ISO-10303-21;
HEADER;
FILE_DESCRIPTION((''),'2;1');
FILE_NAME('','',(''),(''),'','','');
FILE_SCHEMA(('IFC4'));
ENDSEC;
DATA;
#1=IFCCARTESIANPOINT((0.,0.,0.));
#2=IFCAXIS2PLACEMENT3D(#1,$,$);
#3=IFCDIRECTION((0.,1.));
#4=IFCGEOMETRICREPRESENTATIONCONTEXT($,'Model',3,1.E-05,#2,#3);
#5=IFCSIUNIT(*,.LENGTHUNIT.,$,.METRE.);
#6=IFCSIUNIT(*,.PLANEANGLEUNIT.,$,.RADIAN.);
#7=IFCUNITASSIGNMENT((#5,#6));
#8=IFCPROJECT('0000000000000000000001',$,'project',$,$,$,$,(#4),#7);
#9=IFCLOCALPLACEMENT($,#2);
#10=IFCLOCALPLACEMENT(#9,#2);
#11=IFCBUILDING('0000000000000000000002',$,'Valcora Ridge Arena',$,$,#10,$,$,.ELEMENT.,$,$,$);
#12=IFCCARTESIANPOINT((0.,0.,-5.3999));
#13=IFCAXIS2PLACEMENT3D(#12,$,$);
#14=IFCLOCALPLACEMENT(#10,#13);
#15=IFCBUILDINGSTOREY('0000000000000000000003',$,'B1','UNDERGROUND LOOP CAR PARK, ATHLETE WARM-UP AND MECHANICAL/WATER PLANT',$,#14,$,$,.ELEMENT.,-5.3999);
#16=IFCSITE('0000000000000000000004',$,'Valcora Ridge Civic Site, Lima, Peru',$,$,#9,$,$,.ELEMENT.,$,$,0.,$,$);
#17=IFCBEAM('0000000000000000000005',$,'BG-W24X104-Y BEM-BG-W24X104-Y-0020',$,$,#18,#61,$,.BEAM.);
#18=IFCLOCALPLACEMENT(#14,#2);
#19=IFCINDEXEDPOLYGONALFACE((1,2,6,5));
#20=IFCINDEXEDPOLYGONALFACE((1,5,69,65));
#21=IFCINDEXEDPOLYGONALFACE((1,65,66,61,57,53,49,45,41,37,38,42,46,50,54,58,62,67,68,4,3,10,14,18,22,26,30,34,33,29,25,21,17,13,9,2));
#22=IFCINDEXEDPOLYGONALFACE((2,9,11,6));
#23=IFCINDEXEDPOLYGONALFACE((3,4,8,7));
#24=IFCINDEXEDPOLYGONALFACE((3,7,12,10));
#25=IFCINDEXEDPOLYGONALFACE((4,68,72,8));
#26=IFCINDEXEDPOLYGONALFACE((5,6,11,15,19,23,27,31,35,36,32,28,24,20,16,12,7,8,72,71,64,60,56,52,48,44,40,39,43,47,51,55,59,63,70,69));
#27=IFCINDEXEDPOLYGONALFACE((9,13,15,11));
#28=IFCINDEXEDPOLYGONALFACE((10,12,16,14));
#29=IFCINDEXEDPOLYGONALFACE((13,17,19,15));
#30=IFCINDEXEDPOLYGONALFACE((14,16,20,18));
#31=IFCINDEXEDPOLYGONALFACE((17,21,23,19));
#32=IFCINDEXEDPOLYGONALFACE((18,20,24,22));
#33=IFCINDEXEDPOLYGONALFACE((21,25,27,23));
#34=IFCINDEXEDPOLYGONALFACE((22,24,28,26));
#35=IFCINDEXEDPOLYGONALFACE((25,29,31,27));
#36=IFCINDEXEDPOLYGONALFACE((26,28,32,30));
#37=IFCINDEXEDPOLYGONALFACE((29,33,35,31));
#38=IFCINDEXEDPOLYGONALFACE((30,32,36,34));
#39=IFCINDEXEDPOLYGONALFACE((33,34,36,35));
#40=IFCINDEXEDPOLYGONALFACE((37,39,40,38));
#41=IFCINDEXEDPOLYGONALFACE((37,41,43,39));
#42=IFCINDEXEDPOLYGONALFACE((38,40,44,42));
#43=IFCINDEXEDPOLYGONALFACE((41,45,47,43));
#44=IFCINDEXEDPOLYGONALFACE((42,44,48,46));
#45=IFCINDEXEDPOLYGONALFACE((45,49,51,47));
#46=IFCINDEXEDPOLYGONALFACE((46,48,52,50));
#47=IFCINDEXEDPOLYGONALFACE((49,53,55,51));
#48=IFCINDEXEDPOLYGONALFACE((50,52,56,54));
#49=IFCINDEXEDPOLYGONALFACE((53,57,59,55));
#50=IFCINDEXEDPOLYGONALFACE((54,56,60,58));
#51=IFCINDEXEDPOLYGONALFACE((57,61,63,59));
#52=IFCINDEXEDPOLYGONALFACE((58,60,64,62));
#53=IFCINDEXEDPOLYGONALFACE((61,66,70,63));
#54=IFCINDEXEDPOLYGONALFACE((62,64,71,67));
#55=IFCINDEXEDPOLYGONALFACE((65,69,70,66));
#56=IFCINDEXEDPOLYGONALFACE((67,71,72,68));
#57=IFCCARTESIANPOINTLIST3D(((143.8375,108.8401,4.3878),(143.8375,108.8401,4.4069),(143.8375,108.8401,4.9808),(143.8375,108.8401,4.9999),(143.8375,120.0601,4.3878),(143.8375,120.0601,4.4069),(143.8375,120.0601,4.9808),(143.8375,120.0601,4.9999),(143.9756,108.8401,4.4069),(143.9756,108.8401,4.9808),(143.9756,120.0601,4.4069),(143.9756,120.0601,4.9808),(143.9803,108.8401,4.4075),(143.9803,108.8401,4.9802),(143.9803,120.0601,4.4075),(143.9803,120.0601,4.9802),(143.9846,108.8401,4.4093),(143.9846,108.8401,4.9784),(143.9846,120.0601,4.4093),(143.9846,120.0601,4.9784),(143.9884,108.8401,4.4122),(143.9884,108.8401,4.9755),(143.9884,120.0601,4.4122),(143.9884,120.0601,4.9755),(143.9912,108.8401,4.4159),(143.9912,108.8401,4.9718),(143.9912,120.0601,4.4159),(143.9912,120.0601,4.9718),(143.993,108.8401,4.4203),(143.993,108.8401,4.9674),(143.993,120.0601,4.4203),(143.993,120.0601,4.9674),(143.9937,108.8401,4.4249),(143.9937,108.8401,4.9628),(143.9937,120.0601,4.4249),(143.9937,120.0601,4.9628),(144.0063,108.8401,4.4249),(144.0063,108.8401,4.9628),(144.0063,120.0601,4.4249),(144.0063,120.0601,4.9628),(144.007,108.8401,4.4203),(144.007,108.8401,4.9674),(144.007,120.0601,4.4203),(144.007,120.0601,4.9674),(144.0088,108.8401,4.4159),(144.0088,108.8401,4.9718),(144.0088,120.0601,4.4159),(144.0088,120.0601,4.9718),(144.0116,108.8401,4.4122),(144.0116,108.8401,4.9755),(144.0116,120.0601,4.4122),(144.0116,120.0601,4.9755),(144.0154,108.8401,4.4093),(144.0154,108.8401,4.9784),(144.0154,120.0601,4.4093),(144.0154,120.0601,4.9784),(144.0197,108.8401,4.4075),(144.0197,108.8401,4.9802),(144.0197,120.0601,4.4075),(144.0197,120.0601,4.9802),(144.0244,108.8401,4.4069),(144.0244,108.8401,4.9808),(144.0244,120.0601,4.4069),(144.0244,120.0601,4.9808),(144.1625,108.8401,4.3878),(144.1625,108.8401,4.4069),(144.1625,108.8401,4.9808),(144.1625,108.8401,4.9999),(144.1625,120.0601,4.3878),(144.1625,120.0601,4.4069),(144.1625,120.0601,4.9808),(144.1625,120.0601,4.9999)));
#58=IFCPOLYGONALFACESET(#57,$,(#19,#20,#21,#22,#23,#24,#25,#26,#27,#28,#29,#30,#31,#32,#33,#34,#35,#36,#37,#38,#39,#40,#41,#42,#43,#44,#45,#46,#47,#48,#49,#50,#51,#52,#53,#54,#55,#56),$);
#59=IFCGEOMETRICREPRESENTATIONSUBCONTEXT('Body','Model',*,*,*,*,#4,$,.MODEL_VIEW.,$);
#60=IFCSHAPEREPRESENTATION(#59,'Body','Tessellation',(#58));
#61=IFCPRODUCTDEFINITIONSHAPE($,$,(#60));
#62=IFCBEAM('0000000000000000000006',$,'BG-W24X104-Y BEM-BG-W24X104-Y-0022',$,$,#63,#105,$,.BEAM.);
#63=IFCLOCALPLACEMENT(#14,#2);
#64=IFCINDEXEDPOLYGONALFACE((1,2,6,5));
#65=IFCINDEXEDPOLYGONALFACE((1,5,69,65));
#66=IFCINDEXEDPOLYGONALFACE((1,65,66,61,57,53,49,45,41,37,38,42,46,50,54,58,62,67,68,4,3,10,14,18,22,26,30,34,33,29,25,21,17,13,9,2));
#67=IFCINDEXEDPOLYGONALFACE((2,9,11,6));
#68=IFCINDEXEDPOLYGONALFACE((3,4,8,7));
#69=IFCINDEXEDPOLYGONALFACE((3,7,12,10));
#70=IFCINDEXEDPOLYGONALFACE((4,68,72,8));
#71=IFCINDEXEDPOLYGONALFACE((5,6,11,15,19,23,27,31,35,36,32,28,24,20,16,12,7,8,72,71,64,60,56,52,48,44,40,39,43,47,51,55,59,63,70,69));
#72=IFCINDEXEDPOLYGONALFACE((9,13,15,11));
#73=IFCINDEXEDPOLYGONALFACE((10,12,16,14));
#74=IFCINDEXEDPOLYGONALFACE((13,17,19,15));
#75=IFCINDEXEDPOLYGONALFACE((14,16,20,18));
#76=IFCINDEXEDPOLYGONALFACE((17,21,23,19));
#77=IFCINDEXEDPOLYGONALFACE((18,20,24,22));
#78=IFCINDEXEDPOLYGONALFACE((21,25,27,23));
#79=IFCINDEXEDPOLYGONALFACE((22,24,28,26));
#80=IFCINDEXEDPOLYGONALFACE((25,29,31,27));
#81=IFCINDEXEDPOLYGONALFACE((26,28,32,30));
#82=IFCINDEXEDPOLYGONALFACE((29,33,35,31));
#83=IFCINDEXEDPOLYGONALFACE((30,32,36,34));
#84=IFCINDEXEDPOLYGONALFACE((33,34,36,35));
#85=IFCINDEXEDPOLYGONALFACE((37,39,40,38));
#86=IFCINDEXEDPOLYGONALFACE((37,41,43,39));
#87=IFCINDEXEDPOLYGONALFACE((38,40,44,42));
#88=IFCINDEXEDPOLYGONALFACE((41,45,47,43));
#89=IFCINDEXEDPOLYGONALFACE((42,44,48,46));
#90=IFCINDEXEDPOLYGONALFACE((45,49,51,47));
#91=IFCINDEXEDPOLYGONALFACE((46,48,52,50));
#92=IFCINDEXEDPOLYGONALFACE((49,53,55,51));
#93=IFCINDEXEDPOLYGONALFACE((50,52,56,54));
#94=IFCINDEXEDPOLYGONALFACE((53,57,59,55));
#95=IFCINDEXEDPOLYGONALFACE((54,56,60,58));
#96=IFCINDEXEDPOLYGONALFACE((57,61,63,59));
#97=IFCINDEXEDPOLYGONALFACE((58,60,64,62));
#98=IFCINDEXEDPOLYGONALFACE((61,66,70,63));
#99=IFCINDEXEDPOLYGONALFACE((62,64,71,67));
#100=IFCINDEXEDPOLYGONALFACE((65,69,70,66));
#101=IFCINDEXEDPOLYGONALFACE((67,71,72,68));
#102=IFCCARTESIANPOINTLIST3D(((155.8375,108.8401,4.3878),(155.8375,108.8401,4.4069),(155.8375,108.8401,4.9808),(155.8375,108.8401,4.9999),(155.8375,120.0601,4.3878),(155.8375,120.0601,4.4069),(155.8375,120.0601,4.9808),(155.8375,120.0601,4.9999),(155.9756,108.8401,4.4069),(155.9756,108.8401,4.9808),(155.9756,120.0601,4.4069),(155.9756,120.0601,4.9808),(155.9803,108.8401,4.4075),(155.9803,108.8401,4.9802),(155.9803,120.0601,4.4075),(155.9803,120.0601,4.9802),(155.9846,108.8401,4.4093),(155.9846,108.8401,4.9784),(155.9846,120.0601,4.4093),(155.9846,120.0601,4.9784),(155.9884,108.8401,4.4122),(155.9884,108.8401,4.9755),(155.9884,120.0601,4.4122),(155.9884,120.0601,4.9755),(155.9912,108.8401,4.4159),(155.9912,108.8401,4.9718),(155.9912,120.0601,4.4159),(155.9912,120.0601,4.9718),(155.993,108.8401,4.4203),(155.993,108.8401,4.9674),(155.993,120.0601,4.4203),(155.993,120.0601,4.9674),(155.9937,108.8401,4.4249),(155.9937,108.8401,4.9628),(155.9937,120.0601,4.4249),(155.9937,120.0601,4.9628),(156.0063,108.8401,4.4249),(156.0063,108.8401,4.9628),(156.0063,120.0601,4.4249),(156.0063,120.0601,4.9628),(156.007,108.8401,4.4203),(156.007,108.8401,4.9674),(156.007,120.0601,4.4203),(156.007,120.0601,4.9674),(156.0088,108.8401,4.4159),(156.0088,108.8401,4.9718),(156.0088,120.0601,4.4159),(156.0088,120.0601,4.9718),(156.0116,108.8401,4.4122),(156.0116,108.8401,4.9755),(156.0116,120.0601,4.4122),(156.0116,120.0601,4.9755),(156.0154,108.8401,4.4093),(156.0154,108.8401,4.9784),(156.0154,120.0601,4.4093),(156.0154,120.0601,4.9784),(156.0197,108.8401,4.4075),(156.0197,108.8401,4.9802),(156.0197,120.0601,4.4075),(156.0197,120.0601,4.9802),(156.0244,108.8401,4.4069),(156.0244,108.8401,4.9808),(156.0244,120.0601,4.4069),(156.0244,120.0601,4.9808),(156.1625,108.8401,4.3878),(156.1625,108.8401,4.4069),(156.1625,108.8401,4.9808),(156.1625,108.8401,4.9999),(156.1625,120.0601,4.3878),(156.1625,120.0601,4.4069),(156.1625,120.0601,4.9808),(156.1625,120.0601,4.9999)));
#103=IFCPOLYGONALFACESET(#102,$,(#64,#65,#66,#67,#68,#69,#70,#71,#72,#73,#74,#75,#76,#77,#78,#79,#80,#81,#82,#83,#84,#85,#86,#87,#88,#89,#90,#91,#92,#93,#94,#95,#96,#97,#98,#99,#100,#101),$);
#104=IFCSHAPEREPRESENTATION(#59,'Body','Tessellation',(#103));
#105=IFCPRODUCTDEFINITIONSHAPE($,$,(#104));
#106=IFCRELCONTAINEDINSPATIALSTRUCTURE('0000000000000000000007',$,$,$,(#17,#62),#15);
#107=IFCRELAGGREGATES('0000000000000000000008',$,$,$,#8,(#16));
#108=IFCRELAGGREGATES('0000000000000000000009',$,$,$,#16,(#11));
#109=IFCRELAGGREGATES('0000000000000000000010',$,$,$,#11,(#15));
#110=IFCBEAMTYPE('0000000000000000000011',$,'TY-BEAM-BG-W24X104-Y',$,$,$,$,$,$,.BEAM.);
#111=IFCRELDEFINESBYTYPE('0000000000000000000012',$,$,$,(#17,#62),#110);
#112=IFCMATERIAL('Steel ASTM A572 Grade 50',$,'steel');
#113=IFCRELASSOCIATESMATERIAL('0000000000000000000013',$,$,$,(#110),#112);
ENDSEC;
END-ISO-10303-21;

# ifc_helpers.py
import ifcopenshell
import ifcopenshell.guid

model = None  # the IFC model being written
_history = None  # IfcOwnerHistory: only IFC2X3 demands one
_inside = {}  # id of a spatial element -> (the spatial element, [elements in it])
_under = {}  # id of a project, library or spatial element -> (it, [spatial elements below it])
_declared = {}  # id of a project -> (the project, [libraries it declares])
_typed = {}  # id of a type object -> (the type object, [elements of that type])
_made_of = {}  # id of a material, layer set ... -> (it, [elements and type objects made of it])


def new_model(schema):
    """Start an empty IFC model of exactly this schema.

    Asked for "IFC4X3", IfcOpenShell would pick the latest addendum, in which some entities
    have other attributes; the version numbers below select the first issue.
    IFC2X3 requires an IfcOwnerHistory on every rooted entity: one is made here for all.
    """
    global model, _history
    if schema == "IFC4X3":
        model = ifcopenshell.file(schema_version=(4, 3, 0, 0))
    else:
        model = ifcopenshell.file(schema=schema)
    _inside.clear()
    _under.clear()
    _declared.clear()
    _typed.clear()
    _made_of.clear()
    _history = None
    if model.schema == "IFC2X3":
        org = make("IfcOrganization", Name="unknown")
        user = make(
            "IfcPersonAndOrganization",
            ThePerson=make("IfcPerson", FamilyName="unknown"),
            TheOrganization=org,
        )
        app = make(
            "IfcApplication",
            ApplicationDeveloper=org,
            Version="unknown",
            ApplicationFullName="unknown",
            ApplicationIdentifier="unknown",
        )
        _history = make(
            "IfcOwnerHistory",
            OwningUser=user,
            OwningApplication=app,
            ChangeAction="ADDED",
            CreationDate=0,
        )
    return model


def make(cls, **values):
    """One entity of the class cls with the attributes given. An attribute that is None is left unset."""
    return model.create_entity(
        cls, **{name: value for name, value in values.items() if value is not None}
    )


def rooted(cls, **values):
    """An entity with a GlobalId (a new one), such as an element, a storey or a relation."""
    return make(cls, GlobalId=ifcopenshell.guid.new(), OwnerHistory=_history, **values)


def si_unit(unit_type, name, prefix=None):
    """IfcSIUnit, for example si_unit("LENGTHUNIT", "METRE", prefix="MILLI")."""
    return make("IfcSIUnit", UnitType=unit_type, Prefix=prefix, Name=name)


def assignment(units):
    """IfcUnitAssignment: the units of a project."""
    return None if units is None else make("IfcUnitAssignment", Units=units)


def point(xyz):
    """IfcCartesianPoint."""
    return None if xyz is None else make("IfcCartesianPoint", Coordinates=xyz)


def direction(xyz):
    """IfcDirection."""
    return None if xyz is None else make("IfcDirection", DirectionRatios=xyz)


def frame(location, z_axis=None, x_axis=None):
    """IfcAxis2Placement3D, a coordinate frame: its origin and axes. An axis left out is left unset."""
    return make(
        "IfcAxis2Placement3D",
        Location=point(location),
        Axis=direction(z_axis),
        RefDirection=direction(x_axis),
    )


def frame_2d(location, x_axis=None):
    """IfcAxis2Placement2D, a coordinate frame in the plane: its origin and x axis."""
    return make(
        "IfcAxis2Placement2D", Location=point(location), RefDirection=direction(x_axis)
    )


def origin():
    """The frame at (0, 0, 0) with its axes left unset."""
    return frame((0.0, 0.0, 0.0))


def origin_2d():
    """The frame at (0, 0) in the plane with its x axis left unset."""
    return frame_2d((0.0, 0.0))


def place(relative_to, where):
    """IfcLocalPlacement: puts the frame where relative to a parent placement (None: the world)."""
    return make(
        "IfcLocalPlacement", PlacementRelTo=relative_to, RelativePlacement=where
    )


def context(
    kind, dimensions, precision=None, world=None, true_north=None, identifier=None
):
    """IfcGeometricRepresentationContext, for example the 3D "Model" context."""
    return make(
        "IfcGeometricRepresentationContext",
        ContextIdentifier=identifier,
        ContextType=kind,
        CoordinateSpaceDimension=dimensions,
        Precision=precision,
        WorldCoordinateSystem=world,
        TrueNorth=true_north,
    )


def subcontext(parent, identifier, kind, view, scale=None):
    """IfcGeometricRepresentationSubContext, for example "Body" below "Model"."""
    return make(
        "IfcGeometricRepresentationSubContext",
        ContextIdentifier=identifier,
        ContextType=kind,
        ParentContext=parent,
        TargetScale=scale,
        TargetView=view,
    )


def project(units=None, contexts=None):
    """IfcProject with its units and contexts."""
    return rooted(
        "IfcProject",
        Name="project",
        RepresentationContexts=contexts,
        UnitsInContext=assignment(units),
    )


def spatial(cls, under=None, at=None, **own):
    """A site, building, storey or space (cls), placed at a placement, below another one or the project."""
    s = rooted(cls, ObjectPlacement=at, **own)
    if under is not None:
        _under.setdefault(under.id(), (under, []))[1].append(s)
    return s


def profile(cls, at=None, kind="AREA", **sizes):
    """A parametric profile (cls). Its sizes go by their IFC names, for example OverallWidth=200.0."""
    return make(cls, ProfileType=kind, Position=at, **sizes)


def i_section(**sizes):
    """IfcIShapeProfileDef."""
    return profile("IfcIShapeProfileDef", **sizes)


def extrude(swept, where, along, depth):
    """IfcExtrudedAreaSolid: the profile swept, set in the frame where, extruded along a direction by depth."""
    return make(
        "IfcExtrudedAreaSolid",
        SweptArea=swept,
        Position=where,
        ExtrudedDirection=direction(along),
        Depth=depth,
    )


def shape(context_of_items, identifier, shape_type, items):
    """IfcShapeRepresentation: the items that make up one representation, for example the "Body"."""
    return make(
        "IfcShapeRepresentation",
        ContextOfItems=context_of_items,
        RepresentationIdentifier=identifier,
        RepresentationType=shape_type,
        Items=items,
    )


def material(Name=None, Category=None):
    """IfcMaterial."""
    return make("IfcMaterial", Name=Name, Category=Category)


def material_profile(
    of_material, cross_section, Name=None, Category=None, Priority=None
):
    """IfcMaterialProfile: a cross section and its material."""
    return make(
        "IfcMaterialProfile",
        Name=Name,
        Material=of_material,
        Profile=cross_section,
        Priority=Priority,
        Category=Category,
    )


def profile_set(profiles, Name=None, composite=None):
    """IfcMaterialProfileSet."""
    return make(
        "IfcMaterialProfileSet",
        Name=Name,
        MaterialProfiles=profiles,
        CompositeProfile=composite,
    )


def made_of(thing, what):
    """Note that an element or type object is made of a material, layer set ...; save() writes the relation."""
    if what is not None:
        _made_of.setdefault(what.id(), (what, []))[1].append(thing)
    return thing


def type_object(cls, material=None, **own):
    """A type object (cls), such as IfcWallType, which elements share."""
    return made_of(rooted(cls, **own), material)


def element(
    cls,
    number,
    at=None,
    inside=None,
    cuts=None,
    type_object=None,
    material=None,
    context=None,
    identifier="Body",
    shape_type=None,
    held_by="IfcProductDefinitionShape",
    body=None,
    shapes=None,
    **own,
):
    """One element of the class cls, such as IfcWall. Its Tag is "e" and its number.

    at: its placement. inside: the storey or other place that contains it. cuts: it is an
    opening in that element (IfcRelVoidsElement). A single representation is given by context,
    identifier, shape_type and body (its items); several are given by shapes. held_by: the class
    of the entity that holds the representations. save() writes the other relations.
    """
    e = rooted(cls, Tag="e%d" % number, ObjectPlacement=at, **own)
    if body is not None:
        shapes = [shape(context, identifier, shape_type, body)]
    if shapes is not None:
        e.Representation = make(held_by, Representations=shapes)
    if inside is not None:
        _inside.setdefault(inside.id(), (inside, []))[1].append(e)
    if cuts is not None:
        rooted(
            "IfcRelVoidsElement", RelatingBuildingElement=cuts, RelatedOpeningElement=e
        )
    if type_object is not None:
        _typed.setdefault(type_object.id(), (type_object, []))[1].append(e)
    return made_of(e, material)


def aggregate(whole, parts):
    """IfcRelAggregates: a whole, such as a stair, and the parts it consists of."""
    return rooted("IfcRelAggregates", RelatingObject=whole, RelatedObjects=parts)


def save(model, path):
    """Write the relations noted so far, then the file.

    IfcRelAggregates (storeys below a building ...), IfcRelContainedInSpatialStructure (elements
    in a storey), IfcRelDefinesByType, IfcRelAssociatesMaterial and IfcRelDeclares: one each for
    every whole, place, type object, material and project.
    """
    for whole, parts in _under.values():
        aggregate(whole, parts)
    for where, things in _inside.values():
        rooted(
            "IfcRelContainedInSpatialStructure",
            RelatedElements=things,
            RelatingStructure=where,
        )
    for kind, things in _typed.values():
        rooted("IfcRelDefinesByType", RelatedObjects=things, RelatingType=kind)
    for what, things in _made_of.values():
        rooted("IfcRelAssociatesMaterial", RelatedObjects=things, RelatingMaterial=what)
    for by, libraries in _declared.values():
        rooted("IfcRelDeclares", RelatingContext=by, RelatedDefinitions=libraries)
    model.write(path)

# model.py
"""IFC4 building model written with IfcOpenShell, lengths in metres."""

from ifc_helpers import new_model, si_unit, direction, frame, origin, origin_2d, place, context, subcontext, project, spatial, i_section, extrude, material, material_profile, profile_set, type_object, element, save


model = new_model("IFC4")

# Units and contexts
model_context = context("Model", 3, precision=1e-05, world=origin(), true_north=direction((0.0, 1.0)))
body_context = subcontext(model_context, "Body", "Model", "MODEL_VIEW")
ifc_project = project(units=[si_unit("LENGTHUNIT", "METRE"), si_unit("PLANEANGLEUNIT", "RADIAN")], contexts=[model_context])

# Site, building, storey
site_placement = place(None, origin())
site = spatial("IfcSite", under=ifc_project, at=site_placement, Name="Valcora Ridge Civic Site, Lima, Peru", CompositionType="ELEMENT", RefElevation=0.0)
building_placement = place(site_placement, origin())
building = spatial("IfcBuilding", under=site, at=building_placement, Name="Valcora Ridge Arena", CompositionType="ELEMENT")
storey_placement = place(building_placement, frame((0.0, 0.0, -5.3999)))
storey = spatial("IfcBuildingStorey", under=building, at=storey_placement, Name="B1", Description="UNDERGROUND LOOP CAR PARK, ATHLETE WARM-UP AND MECHANICAL/WATER PLANT", CompositionType="ELEMENT", Elevation=-5.3999)

# Beams
ifc_material_1 = material(Name="Steel ASTM A572 Grade 50", Category="steel")
ifc_material_profile_1 = material_profile(ifc_material_1, i_section(OverallWidth=0.325, OverallDepth=0.6121, WebThickness=0.0127, FlangeThickness=0.019, FilletRadius=0.0181, at=origin_2d()), Name="W24X104")
ifc_profile_set_1 = profile_set([ifc_material_profile_1], Name="Steel ASTM A572 Grade 50")
beam_type_1 = type_object("IfcBeamType", Name="TY-BEAM-BG-W24X104-Y", PredefinedType="BEAM", material=ifc_profile_set_1)
for number, where, z_axis, x_axis, name in (
    (1, (144.0, 108.8401, 4.6938), (0.0, 1.0, 0.0), (-1.0, 0.0, 0.0), "BG-W24X104-Y BEM-BG-W24X104-Y-0020"),
    (2, (156.0, 108.8401, 4.6938), (0.0, 1.0, 0.0), (-1.0, 0.0, 0.0), "BG-W24X104-Y BEM-BG-W24X104-Y-0022"),
):
    element("IfcBeam", number, at=place(storey_placement, frame(where, z_axis=z_axis, x_axis=x_axis)), inside=storey, type_object=beam_type_1, Name=name, PredefinedType="BEAM", context=body_context, shape_type="SweptSolid", body=[
        extrude(i_section(OverallWidth=0.325, OverallDepth=0.6121, WebThickness=0.0127, FlangeThickness=0.019, FilletRadius=0.0181, at=origin_2d()), origin(), (0.0, 0.0, 1.0), 11.22),
    ])

save(model, "model.ifc")
